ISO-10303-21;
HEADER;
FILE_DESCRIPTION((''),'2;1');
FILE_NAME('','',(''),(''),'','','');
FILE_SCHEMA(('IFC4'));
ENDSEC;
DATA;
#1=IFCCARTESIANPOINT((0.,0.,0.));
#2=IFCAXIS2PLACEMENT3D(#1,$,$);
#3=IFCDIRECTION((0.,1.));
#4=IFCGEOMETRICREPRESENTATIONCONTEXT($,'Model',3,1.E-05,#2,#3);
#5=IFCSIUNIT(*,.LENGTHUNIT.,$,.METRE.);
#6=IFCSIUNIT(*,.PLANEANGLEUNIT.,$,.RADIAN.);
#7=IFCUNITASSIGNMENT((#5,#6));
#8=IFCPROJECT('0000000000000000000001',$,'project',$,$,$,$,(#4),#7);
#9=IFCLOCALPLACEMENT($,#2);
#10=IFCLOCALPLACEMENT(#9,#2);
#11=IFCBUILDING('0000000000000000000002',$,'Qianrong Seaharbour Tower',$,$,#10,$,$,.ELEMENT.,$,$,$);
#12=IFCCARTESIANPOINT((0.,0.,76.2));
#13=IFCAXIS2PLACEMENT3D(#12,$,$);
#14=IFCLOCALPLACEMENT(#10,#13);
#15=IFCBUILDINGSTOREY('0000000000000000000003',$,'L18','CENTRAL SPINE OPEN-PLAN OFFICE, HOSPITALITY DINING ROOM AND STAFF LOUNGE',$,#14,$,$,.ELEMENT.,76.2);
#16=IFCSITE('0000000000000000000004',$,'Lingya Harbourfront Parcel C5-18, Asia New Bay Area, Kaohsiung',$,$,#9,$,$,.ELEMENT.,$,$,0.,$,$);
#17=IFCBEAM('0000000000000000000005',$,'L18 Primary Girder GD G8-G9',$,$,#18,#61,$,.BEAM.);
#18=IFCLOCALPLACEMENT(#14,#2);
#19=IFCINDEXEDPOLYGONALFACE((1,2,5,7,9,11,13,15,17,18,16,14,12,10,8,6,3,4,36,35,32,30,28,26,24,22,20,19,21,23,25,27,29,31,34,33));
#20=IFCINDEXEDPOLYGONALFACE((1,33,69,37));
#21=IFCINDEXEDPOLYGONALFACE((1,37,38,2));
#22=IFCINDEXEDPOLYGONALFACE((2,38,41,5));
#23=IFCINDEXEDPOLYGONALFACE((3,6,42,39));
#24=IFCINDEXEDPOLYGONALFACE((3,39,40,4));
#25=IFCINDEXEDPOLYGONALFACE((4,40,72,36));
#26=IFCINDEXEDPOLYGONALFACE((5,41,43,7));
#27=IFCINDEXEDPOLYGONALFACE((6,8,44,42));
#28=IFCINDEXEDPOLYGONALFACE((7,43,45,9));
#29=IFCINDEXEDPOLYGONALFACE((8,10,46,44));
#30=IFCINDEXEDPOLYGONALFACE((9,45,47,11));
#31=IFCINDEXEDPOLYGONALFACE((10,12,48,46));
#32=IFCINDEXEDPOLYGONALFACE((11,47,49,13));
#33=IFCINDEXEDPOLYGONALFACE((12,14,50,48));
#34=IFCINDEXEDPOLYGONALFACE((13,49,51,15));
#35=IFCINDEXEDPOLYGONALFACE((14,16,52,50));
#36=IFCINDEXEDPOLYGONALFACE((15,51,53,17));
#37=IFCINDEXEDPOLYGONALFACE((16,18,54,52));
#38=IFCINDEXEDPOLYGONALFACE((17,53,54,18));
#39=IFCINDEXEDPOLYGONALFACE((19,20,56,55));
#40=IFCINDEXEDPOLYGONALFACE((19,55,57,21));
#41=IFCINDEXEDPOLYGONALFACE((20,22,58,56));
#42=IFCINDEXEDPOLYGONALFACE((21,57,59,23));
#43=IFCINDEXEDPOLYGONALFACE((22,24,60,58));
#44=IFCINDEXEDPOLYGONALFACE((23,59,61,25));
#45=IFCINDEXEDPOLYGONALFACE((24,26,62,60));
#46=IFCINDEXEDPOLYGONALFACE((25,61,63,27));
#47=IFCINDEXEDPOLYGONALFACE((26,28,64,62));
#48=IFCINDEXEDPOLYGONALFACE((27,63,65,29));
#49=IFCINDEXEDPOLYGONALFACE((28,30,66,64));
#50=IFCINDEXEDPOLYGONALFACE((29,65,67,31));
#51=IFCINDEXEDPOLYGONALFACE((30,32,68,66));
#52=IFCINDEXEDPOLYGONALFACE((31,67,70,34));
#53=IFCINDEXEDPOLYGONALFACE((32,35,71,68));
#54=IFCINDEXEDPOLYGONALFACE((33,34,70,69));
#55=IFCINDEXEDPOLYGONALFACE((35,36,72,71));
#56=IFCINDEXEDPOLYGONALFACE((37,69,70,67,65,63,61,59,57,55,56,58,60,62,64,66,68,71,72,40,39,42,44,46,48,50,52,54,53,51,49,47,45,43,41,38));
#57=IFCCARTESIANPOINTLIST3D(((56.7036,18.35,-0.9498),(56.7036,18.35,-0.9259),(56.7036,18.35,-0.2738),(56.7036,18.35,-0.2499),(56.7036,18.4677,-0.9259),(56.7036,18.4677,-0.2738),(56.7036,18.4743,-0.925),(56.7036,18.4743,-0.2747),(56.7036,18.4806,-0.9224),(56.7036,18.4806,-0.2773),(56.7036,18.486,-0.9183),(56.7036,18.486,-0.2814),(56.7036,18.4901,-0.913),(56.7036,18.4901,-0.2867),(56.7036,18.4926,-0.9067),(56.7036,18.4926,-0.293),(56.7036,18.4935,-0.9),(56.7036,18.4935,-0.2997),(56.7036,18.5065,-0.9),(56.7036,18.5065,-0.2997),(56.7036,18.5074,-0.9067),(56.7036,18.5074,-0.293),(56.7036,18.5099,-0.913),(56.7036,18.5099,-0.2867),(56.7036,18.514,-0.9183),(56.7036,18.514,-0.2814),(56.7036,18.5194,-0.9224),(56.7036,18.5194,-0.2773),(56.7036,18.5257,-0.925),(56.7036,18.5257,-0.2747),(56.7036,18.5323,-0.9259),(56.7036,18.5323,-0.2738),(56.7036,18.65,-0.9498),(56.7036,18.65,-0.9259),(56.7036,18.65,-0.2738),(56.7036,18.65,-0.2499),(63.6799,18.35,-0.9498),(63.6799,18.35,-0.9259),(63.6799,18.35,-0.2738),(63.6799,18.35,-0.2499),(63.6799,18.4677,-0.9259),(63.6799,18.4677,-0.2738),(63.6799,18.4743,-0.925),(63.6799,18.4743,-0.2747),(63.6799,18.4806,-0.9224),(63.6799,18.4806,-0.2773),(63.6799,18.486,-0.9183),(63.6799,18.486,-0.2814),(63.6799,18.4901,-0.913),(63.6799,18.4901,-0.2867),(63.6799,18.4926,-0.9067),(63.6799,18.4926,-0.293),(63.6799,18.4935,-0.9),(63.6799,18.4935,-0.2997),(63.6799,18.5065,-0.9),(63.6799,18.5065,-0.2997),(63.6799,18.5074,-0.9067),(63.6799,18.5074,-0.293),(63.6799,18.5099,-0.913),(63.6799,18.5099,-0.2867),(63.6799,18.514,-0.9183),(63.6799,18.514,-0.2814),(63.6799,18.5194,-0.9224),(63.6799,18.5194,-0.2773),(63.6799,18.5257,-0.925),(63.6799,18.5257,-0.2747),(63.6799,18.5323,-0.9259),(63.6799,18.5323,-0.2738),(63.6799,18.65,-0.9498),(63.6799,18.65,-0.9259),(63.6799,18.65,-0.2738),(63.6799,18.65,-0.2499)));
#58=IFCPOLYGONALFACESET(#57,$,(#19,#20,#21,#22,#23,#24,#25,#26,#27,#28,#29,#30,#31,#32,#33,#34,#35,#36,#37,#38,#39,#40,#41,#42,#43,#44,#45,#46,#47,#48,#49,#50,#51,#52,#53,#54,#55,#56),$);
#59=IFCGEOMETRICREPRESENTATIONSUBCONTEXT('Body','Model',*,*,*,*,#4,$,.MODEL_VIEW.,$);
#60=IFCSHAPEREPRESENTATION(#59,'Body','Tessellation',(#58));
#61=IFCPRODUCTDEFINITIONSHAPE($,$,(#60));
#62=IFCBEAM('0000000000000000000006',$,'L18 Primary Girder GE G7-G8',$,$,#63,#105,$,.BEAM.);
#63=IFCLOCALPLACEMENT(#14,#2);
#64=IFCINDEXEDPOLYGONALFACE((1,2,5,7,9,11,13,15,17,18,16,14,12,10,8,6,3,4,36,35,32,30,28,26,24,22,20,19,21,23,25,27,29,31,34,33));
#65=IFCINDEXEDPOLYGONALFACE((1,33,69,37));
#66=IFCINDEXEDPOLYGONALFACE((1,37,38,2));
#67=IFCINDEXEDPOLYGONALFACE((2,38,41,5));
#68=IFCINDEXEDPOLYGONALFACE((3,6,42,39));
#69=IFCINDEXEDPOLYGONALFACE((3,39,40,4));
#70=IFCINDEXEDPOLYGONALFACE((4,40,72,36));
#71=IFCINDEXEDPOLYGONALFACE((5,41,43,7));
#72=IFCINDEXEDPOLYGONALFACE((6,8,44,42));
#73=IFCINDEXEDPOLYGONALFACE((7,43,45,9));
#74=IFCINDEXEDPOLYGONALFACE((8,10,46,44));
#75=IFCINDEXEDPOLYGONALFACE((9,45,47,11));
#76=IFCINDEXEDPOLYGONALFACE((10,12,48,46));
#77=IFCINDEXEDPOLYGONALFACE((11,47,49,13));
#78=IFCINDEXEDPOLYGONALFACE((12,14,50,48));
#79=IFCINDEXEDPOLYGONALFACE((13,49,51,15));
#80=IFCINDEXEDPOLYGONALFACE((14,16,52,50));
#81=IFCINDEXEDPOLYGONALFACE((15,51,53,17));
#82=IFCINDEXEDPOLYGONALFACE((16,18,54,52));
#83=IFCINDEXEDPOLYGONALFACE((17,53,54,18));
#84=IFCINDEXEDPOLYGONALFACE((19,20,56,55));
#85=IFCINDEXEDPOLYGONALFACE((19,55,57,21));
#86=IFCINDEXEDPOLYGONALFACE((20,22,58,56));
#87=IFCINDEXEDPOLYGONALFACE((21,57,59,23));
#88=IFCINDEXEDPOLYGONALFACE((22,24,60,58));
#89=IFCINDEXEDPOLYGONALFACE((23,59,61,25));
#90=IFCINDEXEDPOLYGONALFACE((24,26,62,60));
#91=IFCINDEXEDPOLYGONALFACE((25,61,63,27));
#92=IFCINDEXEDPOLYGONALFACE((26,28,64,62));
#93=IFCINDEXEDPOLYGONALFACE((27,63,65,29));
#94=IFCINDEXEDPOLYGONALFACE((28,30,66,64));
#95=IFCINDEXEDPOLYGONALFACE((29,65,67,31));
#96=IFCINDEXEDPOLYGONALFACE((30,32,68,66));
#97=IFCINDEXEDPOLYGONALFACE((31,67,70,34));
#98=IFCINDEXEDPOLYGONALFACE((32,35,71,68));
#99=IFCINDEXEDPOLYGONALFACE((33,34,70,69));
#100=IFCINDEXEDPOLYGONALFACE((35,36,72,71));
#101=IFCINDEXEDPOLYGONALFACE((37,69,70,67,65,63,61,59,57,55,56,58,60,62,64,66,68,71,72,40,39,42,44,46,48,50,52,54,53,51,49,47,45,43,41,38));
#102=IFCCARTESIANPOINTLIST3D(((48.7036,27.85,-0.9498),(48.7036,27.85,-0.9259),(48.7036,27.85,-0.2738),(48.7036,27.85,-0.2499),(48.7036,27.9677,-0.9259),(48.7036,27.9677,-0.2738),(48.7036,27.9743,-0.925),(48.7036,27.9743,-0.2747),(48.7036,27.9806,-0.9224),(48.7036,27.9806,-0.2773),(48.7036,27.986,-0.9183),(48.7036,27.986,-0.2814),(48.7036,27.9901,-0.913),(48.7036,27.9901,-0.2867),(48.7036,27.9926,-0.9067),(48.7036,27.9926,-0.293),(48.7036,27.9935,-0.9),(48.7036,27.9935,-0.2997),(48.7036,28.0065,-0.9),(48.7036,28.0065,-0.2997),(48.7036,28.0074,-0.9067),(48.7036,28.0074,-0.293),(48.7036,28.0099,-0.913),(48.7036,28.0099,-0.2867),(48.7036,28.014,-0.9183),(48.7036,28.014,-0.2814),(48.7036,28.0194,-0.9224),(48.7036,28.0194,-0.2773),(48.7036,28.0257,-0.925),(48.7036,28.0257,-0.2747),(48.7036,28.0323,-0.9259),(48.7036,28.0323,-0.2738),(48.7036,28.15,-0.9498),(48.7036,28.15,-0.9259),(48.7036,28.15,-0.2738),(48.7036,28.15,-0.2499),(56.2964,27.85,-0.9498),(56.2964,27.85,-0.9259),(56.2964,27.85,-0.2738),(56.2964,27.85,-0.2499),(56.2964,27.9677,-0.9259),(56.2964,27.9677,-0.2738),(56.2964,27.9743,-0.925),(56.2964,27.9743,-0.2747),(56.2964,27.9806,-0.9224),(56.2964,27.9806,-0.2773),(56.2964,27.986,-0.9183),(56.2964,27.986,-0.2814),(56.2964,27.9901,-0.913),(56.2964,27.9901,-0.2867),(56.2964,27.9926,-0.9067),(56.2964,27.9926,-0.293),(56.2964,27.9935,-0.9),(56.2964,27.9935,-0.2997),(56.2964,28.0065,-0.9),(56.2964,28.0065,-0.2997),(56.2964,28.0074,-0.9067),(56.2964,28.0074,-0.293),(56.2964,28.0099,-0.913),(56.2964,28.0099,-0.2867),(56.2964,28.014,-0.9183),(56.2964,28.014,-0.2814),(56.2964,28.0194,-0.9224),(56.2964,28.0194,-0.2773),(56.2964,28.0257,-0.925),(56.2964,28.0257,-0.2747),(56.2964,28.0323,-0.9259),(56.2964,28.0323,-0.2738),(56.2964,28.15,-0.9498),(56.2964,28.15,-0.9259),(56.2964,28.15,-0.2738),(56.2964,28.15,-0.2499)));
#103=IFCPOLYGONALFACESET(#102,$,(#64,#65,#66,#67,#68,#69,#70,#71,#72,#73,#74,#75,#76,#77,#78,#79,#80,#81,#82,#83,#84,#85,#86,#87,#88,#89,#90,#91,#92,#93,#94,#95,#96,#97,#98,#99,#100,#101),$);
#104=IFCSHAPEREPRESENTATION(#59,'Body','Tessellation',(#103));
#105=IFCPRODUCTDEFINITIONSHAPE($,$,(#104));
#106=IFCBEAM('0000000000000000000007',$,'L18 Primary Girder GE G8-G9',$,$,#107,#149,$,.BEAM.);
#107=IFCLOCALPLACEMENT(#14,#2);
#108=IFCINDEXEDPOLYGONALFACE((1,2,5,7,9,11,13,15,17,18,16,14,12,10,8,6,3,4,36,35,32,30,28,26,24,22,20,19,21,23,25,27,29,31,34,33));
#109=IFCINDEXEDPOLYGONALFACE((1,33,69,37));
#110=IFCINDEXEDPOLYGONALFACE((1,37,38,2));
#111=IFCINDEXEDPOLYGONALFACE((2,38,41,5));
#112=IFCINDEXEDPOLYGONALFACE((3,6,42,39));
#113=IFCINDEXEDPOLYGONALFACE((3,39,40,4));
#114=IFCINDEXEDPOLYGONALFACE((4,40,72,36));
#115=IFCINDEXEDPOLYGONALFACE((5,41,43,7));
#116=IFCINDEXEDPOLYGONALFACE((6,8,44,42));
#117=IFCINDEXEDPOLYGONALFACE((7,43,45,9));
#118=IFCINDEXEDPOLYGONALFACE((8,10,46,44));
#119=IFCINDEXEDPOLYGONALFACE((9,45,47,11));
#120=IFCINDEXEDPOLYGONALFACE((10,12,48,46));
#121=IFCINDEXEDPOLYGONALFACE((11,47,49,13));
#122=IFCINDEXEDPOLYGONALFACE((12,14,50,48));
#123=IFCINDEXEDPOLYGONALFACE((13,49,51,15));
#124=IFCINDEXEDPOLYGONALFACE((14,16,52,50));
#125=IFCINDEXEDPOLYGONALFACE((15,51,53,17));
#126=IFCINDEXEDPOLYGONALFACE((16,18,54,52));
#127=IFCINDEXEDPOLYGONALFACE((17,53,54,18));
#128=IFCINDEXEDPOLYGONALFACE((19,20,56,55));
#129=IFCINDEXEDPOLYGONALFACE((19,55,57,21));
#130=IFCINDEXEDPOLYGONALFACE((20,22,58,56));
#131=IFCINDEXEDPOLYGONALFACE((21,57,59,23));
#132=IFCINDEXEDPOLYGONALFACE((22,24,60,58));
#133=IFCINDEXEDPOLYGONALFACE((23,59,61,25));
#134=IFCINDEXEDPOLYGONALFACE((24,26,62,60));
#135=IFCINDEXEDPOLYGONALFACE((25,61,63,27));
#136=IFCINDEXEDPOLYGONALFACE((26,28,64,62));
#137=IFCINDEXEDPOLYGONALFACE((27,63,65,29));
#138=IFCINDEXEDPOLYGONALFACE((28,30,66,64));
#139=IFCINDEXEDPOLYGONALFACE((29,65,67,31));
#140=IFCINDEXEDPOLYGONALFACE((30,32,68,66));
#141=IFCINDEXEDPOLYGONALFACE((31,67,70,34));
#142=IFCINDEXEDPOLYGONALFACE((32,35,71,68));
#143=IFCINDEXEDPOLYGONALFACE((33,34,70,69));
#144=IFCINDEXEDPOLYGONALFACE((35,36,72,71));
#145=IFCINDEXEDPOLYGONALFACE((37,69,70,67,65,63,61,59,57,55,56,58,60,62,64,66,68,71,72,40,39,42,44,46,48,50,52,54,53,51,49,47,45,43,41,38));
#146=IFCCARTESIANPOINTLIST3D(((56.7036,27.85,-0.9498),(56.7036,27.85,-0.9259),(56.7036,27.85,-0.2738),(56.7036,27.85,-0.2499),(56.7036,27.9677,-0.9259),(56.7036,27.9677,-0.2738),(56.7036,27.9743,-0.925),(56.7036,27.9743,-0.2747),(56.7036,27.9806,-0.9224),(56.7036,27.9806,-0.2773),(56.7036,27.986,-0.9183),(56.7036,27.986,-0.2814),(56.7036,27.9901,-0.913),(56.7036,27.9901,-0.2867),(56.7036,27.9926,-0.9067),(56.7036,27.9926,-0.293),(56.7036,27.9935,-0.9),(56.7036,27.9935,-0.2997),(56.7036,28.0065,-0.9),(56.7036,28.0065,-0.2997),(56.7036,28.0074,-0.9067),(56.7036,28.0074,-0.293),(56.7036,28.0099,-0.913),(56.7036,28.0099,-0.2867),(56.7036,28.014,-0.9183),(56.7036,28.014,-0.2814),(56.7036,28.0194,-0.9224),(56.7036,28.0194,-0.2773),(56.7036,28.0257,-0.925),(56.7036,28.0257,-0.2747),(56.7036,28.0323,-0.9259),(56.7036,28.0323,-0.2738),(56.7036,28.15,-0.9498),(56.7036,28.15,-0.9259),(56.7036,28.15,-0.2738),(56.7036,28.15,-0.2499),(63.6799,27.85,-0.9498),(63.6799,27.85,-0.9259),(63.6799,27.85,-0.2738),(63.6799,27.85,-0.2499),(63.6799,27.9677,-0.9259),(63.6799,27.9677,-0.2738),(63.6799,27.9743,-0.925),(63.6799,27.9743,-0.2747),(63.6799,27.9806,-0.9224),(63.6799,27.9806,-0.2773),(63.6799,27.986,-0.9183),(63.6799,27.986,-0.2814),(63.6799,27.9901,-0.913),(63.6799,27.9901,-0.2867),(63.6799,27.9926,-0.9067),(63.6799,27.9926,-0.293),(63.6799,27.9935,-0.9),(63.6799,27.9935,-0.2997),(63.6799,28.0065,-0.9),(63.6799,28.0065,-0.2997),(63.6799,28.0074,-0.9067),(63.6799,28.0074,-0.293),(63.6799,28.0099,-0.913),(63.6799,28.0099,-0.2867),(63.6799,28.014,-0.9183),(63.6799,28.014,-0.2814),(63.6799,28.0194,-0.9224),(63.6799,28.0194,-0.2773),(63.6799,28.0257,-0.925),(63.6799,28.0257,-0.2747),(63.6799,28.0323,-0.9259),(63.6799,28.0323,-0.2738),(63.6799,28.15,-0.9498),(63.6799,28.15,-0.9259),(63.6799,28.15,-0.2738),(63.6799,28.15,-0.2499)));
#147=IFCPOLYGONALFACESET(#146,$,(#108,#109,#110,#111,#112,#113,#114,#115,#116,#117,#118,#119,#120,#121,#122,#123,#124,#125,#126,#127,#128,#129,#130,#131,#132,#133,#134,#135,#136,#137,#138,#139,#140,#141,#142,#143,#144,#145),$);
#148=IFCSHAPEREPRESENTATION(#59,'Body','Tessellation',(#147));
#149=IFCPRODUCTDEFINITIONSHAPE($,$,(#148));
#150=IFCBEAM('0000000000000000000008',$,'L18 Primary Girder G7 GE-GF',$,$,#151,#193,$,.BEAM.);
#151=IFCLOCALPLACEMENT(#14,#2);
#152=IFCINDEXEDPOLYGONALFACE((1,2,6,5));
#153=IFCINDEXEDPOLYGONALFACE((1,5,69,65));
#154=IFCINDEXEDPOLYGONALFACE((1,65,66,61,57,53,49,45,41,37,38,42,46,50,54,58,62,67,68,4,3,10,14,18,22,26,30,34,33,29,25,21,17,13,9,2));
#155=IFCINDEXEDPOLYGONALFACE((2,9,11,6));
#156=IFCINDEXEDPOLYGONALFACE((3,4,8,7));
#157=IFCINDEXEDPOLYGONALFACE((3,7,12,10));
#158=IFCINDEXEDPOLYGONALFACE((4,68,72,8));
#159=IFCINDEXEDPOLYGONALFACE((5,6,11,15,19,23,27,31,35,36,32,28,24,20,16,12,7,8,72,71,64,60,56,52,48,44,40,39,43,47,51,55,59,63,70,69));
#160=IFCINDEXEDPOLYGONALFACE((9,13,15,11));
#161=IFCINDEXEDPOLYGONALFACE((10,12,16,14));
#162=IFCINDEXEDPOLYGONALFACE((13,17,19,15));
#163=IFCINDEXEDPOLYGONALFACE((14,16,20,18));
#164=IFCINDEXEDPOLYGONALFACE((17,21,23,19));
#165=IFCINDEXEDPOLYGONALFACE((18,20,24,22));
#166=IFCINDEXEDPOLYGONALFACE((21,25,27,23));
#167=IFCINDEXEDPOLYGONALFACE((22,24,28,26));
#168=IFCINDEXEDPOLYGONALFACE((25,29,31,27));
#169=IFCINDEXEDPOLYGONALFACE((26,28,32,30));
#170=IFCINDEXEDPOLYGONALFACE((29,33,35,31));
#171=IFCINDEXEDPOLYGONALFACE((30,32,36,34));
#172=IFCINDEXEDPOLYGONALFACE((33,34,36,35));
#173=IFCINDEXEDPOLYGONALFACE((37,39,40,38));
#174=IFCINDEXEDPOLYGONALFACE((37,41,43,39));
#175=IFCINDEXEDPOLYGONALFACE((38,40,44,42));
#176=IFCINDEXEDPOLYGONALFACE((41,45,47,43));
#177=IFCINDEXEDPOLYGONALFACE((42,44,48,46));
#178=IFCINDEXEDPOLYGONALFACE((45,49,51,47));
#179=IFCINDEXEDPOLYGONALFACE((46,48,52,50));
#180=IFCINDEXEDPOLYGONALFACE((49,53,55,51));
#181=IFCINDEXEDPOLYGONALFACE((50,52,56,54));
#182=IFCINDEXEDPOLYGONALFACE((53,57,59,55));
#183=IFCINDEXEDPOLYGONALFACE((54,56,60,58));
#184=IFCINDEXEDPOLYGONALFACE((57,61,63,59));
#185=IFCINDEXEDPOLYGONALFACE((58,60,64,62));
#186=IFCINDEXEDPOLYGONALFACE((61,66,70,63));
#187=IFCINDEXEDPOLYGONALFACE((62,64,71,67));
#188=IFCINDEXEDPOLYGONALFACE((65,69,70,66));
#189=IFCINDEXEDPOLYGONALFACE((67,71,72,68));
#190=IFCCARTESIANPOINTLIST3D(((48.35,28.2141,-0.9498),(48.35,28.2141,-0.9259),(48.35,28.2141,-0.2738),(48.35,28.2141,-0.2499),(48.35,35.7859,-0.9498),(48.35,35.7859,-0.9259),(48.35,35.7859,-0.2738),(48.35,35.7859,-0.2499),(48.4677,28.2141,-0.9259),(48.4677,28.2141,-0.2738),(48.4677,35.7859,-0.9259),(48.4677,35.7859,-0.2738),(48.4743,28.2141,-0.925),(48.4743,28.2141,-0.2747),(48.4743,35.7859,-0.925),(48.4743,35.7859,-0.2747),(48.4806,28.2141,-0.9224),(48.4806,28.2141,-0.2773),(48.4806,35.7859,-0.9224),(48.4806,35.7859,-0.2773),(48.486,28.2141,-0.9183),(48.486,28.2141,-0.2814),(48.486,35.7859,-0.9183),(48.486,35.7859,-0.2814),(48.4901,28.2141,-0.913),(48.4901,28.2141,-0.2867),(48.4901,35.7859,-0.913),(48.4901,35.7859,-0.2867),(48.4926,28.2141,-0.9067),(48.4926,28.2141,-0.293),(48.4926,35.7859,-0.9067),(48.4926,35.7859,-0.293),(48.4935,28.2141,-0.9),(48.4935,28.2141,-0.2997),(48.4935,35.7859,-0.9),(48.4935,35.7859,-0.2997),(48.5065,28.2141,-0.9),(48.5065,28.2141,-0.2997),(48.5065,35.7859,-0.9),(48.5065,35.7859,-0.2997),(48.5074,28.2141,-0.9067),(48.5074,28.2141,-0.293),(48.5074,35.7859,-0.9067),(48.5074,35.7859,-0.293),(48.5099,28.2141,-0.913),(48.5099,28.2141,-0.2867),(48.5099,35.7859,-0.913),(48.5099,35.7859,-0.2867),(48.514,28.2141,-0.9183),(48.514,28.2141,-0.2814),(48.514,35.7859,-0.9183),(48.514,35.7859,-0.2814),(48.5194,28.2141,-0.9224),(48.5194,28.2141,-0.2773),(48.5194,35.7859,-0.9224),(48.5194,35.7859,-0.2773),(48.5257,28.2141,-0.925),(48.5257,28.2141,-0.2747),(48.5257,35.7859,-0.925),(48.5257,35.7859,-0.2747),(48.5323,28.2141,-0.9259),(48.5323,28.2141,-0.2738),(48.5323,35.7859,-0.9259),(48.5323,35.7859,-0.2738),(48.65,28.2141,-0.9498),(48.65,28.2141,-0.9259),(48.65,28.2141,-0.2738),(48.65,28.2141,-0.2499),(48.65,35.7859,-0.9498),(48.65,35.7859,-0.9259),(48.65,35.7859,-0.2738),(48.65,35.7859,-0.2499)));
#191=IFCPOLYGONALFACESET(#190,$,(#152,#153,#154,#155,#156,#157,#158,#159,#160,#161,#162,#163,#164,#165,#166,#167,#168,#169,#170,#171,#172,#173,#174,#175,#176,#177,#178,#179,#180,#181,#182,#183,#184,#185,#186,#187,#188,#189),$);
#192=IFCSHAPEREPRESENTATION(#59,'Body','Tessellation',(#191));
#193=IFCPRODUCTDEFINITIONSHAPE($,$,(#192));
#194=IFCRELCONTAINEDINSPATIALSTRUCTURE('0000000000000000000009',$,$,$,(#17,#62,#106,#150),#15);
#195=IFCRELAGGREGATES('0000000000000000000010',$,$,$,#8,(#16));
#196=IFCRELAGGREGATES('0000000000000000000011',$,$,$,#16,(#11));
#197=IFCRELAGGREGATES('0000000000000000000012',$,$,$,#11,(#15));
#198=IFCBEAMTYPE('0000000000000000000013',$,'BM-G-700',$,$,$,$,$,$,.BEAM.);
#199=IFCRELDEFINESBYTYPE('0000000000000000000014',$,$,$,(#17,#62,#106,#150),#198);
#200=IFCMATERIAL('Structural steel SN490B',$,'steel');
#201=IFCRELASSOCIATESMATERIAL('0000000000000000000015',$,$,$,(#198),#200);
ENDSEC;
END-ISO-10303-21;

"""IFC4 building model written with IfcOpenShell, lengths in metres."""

from ifc_helpers import new_model, si_unit, direction, frame, origin, origin_2d, place, context, subcontext, project, spatial, i_section, extrude, material, material_profile, profile_set, type_object, element, save


model = new_model("IFC4")

# Units and contexts
model_context = context("Model", 3, precision=1e-05, world=origin(), true_north=direction((0.0, 1.0)))
body_context = subcontext(model_context, "Body", "Model", "MODEL_VIEW")
ifc_project = project(units=[si_unit("LENGTHUNIT", "METRE"), si_unit("PLANEANGLEUNIT", "RADIAN")], contexts=[model_context])

# Site, building, storey
site_placement = place(None, origin())
site = spatial("IfcSite", under=ifc_project, at=site_placement, Name="Lingya Harbourfront Parcel C5-18, Asia New Bay Area, Kaohsiung", CompositionType="ELEMENT", RefElevation=0.0)
building_placement = place(site_placement, origin())
building = spatial("IfcBuilding", under=site, at=building_placement, Name="Qianrong Seaharbour Tower", CompositionType="ELEMENT")
storey_placement = place(building_placement, frame((0.0, 0.0, 76.2)))
storey = spatial("IfcBuildingStorey", under=building, at=storey_placement, Name="L18", Description="CENTRAL SPINE OPEN-PLAN OFFICE, HOSPITALITY DINING ROOM AND STAFF LOUNGE", CompositionType="ELEMENT", Elevation=76.2)

# Shared definitions
ifc_material_1 = material(Name="Structural steel SN490B", Category="steel")

# Beams
ifc_material_profile_1 = material_profile(ifc_material_1, i_section(OverallWidth=0.3, OverallDepth=0.7, WebThickness=0.0129, FlangeThickness=0.0239, FilletRadius=0.0259, at=origin_2d()), Name="H700x300x13x24")
ifc_profile_set_1 = profile_set([ifc_material_profile_1], Name="Structural steel SN490B")
beam_type_1 = type_object("IfcBeamType", Name="BM-G-700", PredefinedType="BEAM", material=ifc_profile_set_1)
beam_1_placement = place(storey_placement, frame((56.7036, 18.5, -0.5999), z_axis=(1.0, 0.0, 0.0), x_axis=(0.0, 1.0, 0.0)))
element("IfcBeam", 1, at=beam_1_placement, inside=storey, type_object=beam_type_1, Name="L18 Primary Girder GD G8-G9", PredefinedType="BEAM", context=body_context, shape_type="SweptSolid", body=[
    extrude(i_section(OverallWidth=0.3, OverallDepth=0.7, WebThickness=0.0129, FlangeThickness=0.0239, FilletRadius=0.0259, at=origin_2d()), origin(), (0.0, 0.0, 1.0), 6.9763),
])
beam_2_placement = place(storey_placement, frame((48.7036, 28.0, -0.5999), z_axis=(1.0, 0.0, 0.0), x_axis=(0.0, 1.0, 0.0)))
element("IfcBeam", 2, at=beam_2_placement, inside=storey, type_object=beam_type_1, Name="L18 Primary Girder GE G7-G8", PredefinedType="BEAM", context=body_context, shape_type="SweptSolid", body=[
    extrude(i_section(OverallWidth=0.3, OverallDepth=0.7, WebThickness=0.0129, FlangeThickness=0.0239, FilletRadius=0.0259, at=origin_2d()), origin(), (0.0, 0.0, 1.0), 7.5928),
])
beam_3_placement = place(storey_placement, frame((56.7036, 28.0, -0.5999), z_axis=(1.0, 0.0, 0.0), x_axis=(0.0, 1.0, 0.0)))
element("IfcBeam", 3, at=beam_3_placement, inside=storey, type_object=beam_type_1, Name="L18 Primary Girder GE G8-G9", PredefinedType="BEAM", context=body_context, shape_type="SweptSolid", body=[
    extrude(i_section(OverallWidth=0.3, OverallDepth=0.7, WebThickness=0.0129, FlangeThickness=0.0239, FilletRadius=0.0259, at=origin_2d()), origin(), (0.0, 0.0, 1.0), 6.9763),
])
for number, where, z_axis, x_axis, name in (
    (4, (48.5, 28.2141, -0.5999), (0.0, 1.0, 0.0), (-1.0, 0.0, 0.0), "L18 Primary Girder G7 GE-GF"),
):
    element("IfcBeam", number, at=place(storey_placement, frame(where, z_axis=z_axis, x_axis=x_axis)), inside=storey, type_object=beam_type_1, Name=name, PredefinedType="BEAM", context=body_context, shape_type="SweptSolid", body=[
        extrude(i_section(OverallWidth=0.3, OverallDepth=0.7, WebThickness=0.0129, FlangeThickness=0.0239, FilletRadius=0.0259, at=origin_2d()), origin(), (0.0, 0.0, 1.0), 7.5718),
    ])

save(model, "model.ifc")
